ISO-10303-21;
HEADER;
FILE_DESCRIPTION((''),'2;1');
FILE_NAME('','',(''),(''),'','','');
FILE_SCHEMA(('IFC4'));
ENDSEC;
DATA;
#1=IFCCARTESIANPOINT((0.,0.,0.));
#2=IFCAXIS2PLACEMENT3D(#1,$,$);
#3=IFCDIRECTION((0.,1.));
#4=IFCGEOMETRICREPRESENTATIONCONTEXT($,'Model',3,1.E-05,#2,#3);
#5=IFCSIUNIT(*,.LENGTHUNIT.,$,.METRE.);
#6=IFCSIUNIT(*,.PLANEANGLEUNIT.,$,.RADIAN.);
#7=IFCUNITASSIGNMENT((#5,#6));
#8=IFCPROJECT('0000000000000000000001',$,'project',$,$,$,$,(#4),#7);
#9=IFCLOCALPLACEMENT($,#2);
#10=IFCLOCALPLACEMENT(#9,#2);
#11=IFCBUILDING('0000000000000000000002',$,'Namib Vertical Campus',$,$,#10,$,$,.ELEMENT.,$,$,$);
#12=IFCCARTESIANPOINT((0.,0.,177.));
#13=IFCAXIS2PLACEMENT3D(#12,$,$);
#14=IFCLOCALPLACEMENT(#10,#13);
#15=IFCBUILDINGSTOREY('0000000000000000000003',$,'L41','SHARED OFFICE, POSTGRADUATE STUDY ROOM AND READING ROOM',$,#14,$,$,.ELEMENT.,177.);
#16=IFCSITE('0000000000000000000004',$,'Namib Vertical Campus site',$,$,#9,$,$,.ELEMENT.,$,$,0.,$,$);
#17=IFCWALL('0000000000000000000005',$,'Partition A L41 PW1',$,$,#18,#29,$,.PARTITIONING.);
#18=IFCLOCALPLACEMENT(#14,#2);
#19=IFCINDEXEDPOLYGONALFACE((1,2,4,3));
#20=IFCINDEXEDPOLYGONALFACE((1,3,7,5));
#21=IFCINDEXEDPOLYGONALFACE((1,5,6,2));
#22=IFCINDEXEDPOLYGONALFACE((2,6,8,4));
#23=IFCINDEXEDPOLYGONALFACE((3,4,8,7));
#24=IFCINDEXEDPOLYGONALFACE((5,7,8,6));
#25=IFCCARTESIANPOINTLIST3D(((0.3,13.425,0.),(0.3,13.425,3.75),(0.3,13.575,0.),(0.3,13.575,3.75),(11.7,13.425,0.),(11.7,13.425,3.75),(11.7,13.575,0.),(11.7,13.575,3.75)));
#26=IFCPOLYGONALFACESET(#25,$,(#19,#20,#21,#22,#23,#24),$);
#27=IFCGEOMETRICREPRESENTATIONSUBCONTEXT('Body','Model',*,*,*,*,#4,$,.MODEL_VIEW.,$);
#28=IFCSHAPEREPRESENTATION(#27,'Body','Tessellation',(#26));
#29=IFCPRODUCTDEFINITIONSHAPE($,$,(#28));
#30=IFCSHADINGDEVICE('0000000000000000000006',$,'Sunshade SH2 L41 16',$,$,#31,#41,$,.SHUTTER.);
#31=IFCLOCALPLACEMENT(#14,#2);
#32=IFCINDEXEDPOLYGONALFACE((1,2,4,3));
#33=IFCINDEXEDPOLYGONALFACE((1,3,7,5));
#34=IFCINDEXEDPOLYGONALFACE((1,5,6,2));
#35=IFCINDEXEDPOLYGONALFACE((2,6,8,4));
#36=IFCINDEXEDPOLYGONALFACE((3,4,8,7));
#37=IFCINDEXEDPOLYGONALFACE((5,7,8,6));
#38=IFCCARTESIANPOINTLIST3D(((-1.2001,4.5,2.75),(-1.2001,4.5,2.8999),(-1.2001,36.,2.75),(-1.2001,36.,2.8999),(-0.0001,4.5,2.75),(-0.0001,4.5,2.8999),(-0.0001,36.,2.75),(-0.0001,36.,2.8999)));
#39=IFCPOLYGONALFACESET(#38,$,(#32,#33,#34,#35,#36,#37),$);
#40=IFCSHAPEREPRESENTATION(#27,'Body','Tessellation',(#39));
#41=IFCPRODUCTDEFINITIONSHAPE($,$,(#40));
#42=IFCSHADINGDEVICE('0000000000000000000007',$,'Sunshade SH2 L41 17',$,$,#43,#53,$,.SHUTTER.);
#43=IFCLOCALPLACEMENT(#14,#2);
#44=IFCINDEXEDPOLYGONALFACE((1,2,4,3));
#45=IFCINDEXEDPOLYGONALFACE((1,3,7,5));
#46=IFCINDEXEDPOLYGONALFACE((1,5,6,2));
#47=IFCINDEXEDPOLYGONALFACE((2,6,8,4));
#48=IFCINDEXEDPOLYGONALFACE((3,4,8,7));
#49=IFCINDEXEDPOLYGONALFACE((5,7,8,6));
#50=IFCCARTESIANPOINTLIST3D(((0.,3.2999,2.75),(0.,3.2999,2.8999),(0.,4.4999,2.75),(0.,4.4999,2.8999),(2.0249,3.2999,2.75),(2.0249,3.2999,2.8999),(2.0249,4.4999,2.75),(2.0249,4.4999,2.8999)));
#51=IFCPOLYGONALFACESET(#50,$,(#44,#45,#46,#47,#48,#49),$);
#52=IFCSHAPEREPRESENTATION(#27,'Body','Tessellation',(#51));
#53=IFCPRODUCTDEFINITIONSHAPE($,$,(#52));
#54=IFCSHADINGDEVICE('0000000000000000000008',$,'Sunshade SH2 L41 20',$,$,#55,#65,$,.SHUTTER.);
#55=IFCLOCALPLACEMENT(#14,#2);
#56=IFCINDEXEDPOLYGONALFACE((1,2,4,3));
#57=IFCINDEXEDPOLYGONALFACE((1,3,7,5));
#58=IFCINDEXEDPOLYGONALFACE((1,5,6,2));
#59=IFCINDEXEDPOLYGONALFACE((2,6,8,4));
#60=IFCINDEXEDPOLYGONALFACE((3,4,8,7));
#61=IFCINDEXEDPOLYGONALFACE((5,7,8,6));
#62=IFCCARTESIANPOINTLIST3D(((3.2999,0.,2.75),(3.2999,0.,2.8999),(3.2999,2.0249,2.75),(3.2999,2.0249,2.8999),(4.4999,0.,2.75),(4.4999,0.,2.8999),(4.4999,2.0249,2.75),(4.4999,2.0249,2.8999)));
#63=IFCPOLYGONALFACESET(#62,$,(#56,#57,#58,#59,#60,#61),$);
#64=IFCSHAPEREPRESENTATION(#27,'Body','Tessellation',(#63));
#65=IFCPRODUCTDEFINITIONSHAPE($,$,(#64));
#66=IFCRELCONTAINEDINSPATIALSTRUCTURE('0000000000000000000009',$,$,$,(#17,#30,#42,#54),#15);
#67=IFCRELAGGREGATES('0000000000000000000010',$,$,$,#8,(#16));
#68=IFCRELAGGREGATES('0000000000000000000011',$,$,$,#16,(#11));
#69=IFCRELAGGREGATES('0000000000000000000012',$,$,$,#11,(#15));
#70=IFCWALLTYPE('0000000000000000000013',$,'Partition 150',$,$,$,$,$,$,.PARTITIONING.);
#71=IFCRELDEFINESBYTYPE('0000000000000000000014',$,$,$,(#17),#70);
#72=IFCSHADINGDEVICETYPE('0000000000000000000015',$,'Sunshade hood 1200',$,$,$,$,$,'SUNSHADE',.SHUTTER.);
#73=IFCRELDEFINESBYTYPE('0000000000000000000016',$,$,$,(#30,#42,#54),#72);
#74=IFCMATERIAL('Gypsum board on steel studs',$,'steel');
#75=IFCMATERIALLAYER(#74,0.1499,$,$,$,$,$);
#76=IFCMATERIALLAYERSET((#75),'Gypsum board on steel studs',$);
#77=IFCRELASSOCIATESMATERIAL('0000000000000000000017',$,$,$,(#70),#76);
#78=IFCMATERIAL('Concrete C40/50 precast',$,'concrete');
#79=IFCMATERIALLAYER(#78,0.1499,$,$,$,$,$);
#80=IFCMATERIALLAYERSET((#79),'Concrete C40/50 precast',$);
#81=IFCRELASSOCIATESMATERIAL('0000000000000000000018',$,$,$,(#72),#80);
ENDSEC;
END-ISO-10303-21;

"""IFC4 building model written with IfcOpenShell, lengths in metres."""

from ifc_helpers import new_model, si_unit, direction, frame, frame_2d, origin, origin_2d, place, context, subcontext, project, spatial, rectangle, extrude, material, layer, layer_set, type_object, element, save


model = new_model("IFC4")

# Units and contexts
model_context = context("Model", 3, precision=1e-05, world=origin(), true_north=direction((0.0, 1.0)))
body_context = subcontext(model_context, "Body", "Model", "MODEL_VIEW")
ifc_project = project(units=[si_unit("LENGTHUNIT", "METRE"), si_unit("PLANEANGLEUNIT", "RADIAN")], contexts=[model_context])

# Site, building, storey
site_placement = place(None, origin())
site = spatial("IfcSite", under=ifc_project, at=site_placement, Name="Namib Vertical Campus site", CompositionType="ELEMENT", RefElevation=0.0)
building_placement = place(site_placement, origin())
building = spatial("IfcBuilding", under=site, at=building_placement, Name="Namib Vertical Campus", CompositionType="ELEMENT")
storey_placement = place(building_placement, frame((0.0, 0.0, 177.0)))
storey = spatial("IfcBuildingStorey", under=building, at=storey_placement, Name="L41", Description="SHARED OFFICE, POSTGRADUATE STUDY ROOM AND READING ROOM", CompositionType="ELEMENT", Elevation=177.0)

# Wall
ifc_material_1 = material(Name="Gypsum board on steel studs", Category="steel")
ifc_layer_1 = layer(ifc_material_1, 0.1499)
ifc_layer_set_1 = layer_set([ifc_layer_1], Name="Gypsum board on steel studs")
wall_type_1 = type_object("IfcWallType", Name="Partition 150", PredefinedType="PARTITIONING", material=ifc_layer_set_1)
wall_1_placement = place(storey_placement, frame((0.3, 13.5, 0.0), z_axis=(0.0, 0.0, 1.0), x_axis=(1.0, 0.0, 0.0)))
element("IfcWall", 1, at=wall_1_placement, inside=storey, type_object=wall_type_1, Name="Partition A L41 PW1", PredefinedType="PARTITIONING", context=body_context, shape_type="SweptSolid", body=[
    extrude(rectangle(XDim=11.3999, YDim=0.1499, at=frame_2d((5.7, 0.0))), origin(), (0.0, 0.0, 1.0), 3.75),
])

# Shading devices
ifc_material_2 = material(Name="Concrete C40/50 precast", Category="concrete")
ifc_layer_2 = layer(ifc_material_2, 0.1499)
ifc_layer_set_2 = layer_set([ifc_layer_2], Name="Concrete C40/50 precast")
shading_device_type = type_object("IfcShadingDeviceType", Name="Sunshade hood 1200", ElementType="SUNSHADE", PredefinedType="SHUTTER", material=ifc_layer_set_2)
shading_device_placement = place(storey_placement, frame((-0.6001, 20.25, 2.75), z_axis=(0.0, 0.0, 1.0), x_axis=(0.0, -1.0, 0.0)))
element("IfcShadingDevice", 2, at=shading_device_placement, inside=storey, type_object=shading_device_type, Name="Sunshade SH2 L41 16", PredefinedType="SHUTTER", context=body_context, shape_type="SweptSolid", body=[
    extrude(rectangle(XDim=31.5, YDim=1.2, at=origin_2d()), origin(), (0.0, 0.0, 1.0), 0.1499),
])
for number, where, z_axis, x_axis, name in (
    (3, (1.0125, 3.8999, 2.75), (0.0, 0.0, 1.0), (1.0, 0.0, 0.0), "Sunshade SH2 L41 17"),
    (4, (3.8999, 1.0125, 2.75), (0.0, 0.0, 1.0), (0.0, -1.0, 0.0), "Sunshade SH2 L41 20"),
):
    element("IfcShadingDevice", number, at=place(storey_placement, frame(where, z_axis=z_axis, x_axis=x_axis)), inside=storey, type_object=shading_device_type, Name=name, PredefinedType="SHUTTER", context=body_context, shape_type="SweptSolid", body=[
        extrude(rectangle(XDim=2.0249, YDim=1.2, at=origin_2d()), origin(), (0.0, 0.0, 1.0), 0.1499),
    ])

save(model, "model.ifc")
